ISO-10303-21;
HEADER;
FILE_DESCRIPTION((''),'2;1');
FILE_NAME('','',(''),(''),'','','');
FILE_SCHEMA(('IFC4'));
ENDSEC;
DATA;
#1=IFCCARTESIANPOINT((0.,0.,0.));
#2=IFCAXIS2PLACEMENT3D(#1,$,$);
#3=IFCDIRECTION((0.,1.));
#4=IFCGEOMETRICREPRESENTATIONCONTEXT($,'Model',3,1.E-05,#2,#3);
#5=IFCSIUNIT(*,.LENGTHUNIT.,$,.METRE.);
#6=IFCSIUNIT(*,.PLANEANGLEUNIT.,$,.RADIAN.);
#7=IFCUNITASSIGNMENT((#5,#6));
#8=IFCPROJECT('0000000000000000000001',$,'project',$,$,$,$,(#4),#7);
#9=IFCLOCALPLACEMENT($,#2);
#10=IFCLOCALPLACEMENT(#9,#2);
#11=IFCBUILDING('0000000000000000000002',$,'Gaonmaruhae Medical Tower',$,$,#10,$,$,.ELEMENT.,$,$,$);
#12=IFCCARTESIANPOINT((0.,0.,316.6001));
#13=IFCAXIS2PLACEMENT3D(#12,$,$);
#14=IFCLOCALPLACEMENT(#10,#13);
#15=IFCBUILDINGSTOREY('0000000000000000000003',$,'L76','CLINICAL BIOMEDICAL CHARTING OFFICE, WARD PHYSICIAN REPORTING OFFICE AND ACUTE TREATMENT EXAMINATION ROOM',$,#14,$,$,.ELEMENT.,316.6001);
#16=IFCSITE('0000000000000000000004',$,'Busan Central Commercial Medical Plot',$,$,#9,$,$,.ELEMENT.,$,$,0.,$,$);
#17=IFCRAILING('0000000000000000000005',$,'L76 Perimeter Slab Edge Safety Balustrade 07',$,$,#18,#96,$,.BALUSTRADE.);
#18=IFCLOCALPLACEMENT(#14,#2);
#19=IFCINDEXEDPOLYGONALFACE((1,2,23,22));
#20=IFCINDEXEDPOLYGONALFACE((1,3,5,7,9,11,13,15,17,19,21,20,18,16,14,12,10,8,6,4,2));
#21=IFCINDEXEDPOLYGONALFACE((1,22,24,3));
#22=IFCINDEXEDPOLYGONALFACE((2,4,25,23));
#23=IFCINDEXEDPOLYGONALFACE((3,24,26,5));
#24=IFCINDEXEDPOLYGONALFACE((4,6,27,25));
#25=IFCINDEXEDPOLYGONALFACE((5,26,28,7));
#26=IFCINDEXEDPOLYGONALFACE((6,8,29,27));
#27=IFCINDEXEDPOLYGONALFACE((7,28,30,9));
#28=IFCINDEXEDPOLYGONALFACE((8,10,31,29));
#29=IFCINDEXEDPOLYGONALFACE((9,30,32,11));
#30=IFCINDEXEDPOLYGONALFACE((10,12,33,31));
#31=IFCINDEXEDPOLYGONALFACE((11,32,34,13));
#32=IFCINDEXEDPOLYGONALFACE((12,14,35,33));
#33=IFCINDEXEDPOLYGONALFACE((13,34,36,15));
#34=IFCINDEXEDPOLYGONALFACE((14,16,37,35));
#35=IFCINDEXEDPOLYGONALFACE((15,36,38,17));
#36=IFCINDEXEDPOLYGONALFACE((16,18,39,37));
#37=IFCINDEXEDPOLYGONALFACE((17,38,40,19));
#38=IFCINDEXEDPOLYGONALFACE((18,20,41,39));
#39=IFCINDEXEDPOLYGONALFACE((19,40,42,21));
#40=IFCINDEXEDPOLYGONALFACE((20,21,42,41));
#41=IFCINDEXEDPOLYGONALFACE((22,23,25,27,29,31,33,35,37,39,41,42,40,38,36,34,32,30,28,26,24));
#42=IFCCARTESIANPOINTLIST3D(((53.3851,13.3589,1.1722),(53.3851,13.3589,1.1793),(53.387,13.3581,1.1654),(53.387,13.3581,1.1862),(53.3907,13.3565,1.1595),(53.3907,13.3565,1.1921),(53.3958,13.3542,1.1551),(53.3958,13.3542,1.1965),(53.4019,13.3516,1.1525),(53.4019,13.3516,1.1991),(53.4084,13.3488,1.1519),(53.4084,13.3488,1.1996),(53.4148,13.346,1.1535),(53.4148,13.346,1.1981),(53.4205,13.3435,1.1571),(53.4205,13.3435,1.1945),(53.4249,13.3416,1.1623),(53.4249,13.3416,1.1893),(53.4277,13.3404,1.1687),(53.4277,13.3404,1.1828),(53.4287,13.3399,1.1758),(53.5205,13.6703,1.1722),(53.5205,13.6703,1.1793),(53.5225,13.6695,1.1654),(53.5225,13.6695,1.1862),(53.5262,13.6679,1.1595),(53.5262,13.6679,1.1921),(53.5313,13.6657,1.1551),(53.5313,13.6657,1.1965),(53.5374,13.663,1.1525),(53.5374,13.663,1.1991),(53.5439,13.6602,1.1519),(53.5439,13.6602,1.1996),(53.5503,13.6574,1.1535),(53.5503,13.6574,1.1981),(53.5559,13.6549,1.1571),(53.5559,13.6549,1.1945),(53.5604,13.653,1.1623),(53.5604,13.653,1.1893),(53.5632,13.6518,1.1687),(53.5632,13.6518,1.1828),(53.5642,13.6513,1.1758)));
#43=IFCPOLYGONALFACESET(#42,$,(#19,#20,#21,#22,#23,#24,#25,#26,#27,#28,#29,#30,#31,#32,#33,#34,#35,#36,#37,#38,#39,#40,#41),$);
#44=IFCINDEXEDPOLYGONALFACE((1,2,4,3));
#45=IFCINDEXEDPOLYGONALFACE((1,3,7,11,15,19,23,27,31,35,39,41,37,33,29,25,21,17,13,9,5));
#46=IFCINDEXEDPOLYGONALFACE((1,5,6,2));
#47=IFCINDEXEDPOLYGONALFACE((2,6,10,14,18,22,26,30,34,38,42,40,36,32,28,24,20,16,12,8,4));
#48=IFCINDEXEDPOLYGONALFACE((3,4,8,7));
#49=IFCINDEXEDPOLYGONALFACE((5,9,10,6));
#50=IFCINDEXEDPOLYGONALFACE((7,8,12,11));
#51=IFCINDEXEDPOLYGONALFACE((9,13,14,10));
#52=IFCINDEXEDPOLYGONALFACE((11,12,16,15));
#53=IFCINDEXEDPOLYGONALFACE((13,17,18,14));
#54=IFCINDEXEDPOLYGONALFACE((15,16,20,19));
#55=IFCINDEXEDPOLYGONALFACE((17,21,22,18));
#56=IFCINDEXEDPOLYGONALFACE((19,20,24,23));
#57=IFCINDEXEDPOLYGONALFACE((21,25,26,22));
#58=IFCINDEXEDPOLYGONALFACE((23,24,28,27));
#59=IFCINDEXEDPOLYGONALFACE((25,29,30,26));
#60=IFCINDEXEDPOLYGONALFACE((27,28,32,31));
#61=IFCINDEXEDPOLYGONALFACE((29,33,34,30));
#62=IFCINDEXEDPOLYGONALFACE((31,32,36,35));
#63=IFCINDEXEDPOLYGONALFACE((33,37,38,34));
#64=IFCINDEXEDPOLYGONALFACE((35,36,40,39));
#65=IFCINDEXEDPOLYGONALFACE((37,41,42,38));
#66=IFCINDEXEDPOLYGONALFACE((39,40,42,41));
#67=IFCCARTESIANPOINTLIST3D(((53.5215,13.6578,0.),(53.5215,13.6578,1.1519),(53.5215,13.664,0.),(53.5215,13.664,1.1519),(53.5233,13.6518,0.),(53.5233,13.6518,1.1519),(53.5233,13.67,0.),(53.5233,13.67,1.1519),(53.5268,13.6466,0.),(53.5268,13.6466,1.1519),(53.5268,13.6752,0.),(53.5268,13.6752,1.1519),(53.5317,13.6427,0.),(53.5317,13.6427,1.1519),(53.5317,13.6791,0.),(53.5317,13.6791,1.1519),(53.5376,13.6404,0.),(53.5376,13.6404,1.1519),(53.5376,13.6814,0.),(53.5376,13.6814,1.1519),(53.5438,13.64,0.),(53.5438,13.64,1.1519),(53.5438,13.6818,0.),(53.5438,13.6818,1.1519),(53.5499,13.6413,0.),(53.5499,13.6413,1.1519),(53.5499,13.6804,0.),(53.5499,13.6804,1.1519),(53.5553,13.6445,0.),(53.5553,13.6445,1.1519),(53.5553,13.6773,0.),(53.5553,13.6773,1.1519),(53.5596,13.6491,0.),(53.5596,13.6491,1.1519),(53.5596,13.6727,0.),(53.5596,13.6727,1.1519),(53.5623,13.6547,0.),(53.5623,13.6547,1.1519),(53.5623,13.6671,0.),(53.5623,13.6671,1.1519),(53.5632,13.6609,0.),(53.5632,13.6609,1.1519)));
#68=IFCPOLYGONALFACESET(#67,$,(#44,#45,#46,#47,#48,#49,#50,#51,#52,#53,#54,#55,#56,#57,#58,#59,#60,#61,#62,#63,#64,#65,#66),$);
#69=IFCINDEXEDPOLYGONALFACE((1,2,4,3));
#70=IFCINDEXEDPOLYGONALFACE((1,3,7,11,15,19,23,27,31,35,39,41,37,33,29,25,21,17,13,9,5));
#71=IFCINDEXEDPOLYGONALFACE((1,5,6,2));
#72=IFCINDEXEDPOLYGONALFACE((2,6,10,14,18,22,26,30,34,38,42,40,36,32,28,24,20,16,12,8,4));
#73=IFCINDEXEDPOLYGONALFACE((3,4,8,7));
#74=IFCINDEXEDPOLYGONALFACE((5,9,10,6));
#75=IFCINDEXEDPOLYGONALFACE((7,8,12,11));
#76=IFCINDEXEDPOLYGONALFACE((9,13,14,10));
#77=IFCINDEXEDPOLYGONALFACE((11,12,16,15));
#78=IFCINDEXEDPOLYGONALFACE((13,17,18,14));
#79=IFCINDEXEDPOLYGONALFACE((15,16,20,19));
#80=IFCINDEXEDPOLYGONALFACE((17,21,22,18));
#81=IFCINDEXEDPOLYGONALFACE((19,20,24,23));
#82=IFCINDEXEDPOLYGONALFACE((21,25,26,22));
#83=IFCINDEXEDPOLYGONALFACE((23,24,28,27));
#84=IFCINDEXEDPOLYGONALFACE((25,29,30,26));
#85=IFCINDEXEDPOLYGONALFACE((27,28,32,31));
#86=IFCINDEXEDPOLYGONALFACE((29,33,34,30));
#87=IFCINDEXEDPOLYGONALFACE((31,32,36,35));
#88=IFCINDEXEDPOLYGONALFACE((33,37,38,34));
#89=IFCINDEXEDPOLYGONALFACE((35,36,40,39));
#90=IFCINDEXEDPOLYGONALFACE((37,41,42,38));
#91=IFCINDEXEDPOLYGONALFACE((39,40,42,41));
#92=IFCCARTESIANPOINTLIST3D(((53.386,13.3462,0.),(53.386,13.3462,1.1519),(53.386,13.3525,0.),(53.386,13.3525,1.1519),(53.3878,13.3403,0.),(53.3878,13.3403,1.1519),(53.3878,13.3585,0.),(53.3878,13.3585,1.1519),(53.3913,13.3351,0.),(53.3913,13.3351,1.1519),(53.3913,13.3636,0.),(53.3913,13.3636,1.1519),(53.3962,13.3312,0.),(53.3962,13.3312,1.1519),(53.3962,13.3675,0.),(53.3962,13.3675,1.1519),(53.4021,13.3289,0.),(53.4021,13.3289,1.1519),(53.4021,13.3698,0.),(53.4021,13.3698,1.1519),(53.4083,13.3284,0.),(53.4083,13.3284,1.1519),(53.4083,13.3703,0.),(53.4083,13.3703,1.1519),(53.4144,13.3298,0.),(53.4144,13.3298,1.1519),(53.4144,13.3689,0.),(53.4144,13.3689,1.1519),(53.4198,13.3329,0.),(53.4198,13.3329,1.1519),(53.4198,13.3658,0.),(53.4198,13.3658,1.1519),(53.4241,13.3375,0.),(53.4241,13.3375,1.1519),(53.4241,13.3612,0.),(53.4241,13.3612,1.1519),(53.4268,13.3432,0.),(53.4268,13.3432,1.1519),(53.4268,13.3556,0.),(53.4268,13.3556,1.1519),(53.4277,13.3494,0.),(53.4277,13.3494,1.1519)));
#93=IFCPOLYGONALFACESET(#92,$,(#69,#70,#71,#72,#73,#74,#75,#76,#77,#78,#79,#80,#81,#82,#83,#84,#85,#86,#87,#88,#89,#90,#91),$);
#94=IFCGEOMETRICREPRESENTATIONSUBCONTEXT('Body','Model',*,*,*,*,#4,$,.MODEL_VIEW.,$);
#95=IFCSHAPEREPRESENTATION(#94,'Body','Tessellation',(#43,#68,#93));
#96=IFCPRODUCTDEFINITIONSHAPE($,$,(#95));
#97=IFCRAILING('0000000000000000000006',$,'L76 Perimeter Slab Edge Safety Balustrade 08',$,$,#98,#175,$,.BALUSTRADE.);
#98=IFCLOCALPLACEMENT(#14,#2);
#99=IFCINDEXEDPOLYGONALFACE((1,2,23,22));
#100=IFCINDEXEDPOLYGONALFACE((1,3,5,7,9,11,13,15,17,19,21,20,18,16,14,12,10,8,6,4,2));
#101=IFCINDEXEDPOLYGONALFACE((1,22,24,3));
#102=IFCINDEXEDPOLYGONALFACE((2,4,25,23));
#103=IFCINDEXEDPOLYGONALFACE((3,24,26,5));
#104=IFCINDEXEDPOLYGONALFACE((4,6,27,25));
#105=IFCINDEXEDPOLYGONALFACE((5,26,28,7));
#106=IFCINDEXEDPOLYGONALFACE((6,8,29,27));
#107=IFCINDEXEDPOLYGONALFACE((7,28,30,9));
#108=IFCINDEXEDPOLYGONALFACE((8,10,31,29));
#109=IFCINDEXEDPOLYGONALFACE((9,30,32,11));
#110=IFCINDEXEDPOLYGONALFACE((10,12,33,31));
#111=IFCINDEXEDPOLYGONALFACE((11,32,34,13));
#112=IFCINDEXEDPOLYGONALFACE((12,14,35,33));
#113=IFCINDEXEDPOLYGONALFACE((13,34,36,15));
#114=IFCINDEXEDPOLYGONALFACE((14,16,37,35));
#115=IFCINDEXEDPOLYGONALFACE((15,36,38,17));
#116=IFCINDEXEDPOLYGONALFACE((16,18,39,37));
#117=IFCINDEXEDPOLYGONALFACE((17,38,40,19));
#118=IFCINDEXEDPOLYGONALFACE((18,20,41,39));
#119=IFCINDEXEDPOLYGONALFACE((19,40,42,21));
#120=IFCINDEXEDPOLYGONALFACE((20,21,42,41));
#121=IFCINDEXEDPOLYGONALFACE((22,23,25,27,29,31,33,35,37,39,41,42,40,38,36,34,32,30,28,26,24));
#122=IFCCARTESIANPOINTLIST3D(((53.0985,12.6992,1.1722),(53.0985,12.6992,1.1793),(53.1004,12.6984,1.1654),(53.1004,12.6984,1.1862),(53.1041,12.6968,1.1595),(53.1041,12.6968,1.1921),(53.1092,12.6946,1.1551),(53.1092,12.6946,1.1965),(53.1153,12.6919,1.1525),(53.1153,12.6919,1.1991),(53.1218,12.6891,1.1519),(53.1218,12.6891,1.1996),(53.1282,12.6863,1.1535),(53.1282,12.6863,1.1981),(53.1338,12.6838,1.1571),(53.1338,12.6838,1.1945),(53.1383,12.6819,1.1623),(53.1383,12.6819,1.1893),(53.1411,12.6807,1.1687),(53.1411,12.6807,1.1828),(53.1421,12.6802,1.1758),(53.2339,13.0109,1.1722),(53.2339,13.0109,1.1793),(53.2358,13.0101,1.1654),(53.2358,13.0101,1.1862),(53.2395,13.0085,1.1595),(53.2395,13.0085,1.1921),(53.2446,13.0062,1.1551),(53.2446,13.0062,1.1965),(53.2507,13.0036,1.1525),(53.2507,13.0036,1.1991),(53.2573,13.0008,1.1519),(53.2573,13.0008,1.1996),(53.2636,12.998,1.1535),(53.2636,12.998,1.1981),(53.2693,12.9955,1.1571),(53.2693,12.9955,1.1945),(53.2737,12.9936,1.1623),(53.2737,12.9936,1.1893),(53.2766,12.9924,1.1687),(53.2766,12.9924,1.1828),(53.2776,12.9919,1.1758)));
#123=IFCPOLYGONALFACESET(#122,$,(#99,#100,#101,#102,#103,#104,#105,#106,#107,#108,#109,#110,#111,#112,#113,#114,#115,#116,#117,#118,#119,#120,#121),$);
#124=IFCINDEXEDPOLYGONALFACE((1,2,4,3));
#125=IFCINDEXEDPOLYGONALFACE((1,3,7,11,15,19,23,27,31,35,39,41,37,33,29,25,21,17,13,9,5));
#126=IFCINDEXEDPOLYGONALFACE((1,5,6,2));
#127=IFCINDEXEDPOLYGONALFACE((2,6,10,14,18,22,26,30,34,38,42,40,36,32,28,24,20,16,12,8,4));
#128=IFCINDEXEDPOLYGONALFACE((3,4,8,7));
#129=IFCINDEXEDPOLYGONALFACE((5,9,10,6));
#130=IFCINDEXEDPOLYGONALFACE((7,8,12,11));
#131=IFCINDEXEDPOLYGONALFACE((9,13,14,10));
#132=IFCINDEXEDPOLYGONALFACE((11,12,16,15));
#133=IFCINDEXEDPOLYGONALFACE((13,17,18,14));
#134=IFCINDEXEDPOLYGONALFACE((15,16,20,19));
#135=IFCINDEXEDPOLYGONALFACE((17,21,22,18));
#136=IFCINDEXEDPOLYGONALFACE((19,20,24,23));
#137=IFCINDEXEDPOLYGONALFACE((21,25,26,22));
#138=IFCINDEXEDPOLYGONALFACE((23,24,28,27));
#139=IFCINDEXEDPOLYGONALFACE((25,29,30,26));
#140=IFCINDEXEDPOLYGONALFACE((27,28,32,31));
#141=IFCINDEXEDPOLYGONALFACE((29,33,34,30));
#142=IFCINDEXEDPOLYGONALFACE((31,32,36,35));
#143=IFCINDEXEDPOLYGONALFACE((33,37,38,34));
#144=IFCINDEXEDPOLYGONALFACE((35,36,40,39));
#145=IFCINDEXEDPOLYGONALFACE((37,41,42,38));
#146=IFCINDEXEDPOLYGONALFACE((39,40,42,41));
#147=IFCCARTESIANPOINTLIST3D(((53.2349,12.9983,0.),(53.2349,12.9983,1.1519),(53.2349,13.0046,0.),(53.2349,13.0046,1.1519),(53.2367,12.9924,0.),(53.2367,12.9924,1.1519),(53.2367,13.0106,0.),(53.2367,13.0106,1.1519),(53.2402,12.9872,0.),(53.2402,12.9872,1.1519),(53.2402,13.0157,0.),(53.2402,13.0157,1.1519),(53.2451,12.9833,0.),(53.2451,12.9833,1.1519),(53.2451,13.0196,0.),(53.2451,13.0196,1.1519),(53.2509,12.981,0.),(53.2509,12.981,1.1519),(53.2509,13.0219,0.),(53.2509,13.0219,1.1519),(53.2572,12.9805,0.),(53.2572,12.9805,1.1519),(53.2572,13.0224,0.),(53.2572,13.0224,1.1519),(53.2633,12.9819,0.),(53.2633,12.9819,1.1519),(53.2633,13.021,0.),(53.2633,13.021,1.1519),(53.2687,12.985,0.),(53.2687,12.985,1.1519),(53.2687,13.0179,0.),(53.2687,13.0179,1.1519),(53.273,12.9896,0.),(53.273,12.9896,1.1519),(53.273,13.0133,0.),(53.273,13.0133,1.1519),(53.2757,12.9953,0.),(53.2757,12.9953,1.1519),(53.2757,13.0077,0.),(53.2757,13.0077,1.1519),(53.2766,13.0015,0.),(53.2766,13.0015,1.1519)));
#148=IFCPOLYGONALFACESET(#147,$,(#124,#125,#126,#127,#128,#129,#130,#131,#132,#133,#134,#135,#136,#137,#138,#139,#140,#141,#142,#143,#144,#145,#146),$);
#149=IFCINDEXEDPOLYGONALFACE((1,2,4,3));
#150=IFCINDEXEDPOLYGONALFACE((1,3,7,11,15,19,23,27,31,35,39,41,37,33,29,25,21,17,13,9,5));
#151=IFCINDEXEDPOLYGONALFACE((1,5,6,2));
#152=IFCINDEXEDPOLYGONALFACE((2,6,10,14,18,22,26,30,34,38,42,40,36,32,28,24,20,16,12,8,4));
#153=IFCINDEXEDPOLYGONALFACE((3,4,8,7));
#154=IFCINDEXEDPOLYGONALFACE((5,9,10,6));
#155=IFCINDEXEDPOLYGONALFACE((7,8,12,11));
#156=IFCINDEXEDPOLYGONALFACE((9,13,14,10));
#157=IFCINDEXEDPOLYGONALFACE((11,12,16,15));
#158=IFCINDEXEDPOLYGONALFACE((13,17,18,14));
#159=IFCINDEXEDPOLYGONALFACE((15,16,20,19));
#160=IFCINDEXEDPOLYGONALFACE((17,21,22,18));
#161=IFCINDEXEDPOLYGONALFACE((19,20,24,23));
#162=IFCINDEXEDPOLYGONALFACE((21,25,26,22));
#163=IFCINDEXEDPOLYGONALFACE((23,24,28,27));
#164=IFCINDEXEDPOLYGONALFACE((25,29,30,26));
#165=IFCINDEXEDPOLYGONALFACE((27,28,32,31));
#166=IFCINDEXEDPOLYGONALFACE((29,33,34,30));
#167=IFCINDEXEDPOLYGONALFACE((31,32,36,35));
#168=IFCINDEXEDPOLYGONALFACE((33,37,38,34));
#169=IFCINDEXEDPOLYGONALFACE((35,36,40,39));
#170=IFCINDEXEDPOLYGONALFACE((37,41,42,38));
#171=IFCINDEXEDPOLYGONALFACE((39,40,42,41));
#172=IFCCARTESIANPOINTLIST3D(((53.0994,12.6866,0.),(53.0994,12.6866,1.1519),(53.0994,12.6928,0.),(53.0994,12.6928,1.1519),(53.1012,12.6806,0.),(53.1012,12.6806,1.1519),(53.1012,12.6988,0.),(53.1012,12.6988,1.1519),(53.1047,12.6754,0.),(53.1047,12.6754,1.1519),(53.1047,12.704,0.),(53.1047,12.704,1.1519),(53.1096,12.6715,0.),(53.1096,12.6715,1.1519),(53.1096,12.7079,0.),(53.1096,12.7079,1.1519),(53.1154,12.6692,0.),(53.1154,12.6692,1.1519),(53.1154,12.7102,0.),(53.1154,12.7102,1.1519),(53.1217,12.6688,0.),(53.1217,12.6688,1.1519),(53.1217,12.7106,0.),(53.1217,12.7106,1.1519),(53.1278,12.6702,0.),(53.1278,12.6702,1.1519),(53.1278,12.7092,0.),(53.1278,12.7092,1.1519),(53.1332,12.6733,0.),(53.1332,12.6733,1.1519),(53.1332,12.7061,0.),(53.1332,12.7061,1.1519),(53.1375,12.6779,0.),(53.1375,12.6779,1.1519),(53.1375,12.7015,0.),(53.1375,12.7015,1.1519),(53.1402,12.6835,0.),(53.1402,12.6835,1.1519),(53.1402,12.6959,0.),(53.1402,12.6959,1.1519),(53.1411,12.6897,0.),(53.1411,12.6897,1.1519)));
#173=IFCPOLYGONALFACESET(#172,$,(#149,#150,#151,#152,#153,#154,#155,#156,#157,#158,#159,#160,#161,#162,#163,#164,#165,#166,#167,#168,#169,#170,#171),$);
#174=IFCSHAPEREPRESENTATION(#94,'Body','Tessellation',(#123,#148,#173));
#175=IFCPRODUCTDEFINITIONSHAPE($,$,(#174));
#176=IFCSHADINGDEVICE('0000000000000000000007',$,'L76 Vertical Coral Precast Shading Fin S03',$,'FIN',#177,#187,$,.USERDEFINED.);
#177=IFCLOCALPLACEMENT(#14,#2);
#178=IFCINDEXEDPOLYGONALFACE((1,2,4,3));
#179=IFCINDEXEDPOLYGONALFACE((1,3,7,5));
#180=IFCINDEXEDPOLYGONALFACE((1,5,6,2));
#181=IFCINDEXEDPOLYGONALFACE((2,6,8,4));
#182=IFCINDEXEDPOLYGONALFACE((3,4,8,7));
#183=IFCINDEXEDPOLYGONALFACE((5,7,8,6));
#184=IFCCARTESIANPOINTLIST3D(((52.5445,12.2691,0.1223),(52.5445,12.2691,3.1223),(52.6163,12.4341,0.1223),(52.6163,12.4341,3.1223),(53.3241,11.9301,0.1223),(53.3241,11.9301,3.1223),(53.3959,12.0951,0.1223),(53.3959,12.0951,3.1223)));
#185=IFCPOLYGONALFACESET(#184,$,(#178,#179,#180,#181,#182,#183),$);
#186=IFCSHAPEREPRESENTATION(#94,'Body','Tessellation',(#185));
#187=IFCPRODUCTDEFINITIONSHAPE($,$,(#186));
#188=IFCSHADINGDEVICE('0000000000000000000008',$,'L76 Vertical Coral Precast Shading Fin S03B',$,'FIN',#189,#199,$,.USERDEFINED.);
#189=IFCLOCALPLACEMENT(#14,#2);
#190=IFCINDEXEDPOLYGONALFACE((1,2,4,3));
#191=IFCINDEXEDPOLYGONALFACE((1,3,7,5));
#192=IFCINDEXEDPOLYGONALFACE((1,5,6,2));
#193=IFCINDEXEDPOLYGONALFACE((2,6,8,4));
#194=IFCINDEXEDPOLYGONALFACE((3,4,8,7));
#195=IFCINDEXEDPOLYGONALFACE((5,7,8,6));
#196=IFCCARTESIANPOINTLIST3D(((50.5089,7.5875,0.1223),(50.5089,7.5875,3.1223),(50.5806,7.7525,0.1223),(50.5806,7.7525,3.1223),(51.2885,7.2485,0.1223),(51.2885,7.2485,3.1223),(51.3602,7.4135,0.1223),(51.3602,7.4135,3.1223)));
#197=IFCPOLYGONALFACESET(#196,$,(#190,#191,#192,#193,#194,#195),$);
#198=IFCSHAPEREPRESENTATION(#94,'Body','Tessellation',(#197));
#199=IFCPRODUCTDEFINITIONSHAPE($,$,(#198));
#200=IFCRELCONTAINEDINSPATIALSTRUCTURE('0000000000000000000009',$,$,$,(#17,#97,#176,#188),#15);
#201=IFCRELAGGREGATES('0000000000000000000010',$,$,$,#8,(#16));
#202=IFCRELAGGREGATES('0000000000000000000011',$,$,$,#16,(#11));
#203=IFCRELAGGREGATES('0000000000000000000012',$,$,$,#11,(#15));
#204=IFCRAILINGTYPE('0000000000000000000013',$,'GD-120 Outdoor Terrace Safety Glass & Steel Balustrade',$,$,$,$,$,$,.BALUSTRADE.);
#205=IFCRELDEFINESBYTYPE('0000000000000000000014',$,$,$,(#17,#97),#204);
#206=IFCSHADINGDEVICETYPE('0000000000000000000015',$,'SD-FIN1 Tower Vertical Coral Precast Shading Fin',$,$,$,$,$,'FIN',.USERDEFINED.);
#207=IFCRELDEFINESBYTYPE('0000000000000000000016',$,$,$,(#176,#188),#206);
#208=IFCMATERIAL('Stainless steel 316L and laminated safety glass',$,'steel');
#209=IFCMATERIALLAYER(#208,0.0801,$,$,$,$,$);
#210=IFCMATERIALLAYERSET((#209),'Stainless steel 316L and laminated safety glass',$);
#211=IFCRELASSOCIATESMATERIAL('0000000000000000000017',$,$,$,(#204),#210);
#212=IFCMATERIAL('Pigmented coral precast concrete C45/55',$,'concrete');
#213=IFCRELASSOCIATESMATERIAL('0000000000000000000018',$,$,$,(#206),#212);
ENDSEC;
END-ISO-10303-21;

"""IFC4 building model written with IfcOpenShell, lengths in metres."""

from ifc_helpers import new_model, si_unit, direction, frame, origin, origin_2d, place, context, subcontext, project, spatial, rectangle, circle, extrude, material, layer, layer_set, type_object, element, save


model = new_model("IFC4")

# Units and contexts
model_context = context("Model", 3, precision=1e-05, world=origin(), true_north=direction((0.0, 1.0)))
body_context = subcontext(model_context, "Body", "Model", "MODEL_VIEW")
ifc_project = project(units=[si_unit("LENGTHUNIT", "METRE"), si_unit("PLANEANGLEUNIT", "RADIAN")], contexts=[model_context])

# Site, building, storey
site_placement = place(None, origin())
site = spatial("IfcSite", under=ifc_project, at=site_placement, Name="Busan Central Commercial Medical Plot", CompositionType="ELEMENT", RefElevation=0.0)
building_placement = place(site_placement, origin())
building = spatial("IfcBuilding", under=site, at=building_placement, Name="Gaonmaruhae Medical Tower", CompositionType="ELEMENT")
storey_placement = place(building_placement, frame((0.0, 0.0, 316.6001)))
storey = spatial("IfcBuildingStorey", under=building, at=storey_placement, Name="L76", Description="CLINICAL BIOMEDICAL CHARTING OFFICE, WARD PHYSICIAN REPORTING OFFICE AND ACUTE TREATMENT EXAMINATION ROOM", CompositionType="ELEMENT", Elevation=316.6001)

# Railings
ifc_material_1 = material(Name="Stainless steel 316L and laminated safety glass", Category="steel")
ifc_layer_1 = layer(ifc_material_1, 0.0801)
ifc_layer_set_1 = layer_set([ifc_layer_1], Name="Stainless steel 316L and laminated safety glass")
railing_type = type_object("IfcRailingType", Name="GD-120 Outdoor Terrace Safety Glass & Steel Balustrade", PredefinedType="BALUSTRADE", material=ifc_layer_set_1)
railing_1_placement = place(storey_placement, frame((53.5422, 13.6609, 0.0)))
element("IfcRailing", 1, at=railing_1_placement, inside=storey, type_object=railing_type, Name="L76 Perimeter Slab Edge Safety Balustrade 07", PredefinedType="BALUSTRADE", context=body_context, shape_type="SweptSolid", body=[
    extrude(circle(Radius=0.0239, at=origin_2d()), frame((0.0, 0.0, 1.1758), z_axis=(-0.398858, -0.917013, 0.0), x_axis=(0.917013, -0.398858, 0.0)), (0.0, 0.0, 1.0), 0.3396),
    extrude(circle(Radius=0.021, at=origin_2d()), origin(), (0.0, 0.0, 1.0), 1.1519),
    extrude(circle(Radius=0.021, at=origin_2d()), frame((-0.1355, -0.3115, 0.0)), (0.0, 0.0, 1.0), 1.1519),
])
railing_2_placement = place(storey_placement, frame((53.2556, 13.0015, 0.0)))
element("IfcRailing", 2, at=railing_2_placement, inside=storey, type_object=railing_type, Name="L76 Perimeter Slab Edge Safety Balustrade 08", PredefinedType="BALUSTRADE", context=body_context, shape_type="SweptSolid", body=[
    extrude(circle(Radius=0.0239, at=origin_2d()), frame((0.0, 0.0, 1.1758), z_axis=(-0.398595, -0.917127, 0.0), x_axis=(0.917127, -0.398595, 0.0)), (0.0, 0.0, 1.0), 0.3398),
    extrude(circle(Radius=0.021, at=origin_2d()), origin(), (0.0, 0.0, 1.0), 1.1519),
    extrude(circle(Radius=0.021, at=origin_2d()), frame((-0.1355, -0.3118, 0.0)), (0.0, 0.0, 1.0), 1.1519),
])

# Shading devices
ifc_material_2 = material(Name="Pigmented coral precast concrete C45/55", Category="concrete")
shading_device_type = type_object("IfcShadingDeviceType", Name="SD-FIN1 Tower Vertical Coral Precast Shading Fin", ElementType="FIN", PredefinedType="USERDEFINED", material=ifc_material_2)
for number, where, z_axis, x_axis, name in (
    (3, (52.9702, 12.1821, 0.1223), (0.0, 0.0, 1.0), (-0.398749, -0.91706, 0.0), "L76 Vertical Coral Precast Shading Fin S03"),
    (4, (50.9346, 7.5005, 0.1223), (0.0, 0.0, 1.0), (-0.398749, -0.91706, 0.0), "L76 Vertical Coral Precast Shading Fin S03B"),
):
    element("IfcShadingDevice", number, at=place(storey_placement, frame(where, z_axis=z_axis, x_axis=x_axis)), inside=storey, type_object=shading_device_type, Name=name, ObjectType="FIN", PredefinedType="USERDEFINED", context=body_context, shape_type="SweptSolid", body=[
        extrude(rectangle(XDim=0.1799, YDim=0.8501, at=origin_2d()), origin(), (0.0, 0.0, 1.0), 3.0),
    ])

save(model, "model.ifc")
